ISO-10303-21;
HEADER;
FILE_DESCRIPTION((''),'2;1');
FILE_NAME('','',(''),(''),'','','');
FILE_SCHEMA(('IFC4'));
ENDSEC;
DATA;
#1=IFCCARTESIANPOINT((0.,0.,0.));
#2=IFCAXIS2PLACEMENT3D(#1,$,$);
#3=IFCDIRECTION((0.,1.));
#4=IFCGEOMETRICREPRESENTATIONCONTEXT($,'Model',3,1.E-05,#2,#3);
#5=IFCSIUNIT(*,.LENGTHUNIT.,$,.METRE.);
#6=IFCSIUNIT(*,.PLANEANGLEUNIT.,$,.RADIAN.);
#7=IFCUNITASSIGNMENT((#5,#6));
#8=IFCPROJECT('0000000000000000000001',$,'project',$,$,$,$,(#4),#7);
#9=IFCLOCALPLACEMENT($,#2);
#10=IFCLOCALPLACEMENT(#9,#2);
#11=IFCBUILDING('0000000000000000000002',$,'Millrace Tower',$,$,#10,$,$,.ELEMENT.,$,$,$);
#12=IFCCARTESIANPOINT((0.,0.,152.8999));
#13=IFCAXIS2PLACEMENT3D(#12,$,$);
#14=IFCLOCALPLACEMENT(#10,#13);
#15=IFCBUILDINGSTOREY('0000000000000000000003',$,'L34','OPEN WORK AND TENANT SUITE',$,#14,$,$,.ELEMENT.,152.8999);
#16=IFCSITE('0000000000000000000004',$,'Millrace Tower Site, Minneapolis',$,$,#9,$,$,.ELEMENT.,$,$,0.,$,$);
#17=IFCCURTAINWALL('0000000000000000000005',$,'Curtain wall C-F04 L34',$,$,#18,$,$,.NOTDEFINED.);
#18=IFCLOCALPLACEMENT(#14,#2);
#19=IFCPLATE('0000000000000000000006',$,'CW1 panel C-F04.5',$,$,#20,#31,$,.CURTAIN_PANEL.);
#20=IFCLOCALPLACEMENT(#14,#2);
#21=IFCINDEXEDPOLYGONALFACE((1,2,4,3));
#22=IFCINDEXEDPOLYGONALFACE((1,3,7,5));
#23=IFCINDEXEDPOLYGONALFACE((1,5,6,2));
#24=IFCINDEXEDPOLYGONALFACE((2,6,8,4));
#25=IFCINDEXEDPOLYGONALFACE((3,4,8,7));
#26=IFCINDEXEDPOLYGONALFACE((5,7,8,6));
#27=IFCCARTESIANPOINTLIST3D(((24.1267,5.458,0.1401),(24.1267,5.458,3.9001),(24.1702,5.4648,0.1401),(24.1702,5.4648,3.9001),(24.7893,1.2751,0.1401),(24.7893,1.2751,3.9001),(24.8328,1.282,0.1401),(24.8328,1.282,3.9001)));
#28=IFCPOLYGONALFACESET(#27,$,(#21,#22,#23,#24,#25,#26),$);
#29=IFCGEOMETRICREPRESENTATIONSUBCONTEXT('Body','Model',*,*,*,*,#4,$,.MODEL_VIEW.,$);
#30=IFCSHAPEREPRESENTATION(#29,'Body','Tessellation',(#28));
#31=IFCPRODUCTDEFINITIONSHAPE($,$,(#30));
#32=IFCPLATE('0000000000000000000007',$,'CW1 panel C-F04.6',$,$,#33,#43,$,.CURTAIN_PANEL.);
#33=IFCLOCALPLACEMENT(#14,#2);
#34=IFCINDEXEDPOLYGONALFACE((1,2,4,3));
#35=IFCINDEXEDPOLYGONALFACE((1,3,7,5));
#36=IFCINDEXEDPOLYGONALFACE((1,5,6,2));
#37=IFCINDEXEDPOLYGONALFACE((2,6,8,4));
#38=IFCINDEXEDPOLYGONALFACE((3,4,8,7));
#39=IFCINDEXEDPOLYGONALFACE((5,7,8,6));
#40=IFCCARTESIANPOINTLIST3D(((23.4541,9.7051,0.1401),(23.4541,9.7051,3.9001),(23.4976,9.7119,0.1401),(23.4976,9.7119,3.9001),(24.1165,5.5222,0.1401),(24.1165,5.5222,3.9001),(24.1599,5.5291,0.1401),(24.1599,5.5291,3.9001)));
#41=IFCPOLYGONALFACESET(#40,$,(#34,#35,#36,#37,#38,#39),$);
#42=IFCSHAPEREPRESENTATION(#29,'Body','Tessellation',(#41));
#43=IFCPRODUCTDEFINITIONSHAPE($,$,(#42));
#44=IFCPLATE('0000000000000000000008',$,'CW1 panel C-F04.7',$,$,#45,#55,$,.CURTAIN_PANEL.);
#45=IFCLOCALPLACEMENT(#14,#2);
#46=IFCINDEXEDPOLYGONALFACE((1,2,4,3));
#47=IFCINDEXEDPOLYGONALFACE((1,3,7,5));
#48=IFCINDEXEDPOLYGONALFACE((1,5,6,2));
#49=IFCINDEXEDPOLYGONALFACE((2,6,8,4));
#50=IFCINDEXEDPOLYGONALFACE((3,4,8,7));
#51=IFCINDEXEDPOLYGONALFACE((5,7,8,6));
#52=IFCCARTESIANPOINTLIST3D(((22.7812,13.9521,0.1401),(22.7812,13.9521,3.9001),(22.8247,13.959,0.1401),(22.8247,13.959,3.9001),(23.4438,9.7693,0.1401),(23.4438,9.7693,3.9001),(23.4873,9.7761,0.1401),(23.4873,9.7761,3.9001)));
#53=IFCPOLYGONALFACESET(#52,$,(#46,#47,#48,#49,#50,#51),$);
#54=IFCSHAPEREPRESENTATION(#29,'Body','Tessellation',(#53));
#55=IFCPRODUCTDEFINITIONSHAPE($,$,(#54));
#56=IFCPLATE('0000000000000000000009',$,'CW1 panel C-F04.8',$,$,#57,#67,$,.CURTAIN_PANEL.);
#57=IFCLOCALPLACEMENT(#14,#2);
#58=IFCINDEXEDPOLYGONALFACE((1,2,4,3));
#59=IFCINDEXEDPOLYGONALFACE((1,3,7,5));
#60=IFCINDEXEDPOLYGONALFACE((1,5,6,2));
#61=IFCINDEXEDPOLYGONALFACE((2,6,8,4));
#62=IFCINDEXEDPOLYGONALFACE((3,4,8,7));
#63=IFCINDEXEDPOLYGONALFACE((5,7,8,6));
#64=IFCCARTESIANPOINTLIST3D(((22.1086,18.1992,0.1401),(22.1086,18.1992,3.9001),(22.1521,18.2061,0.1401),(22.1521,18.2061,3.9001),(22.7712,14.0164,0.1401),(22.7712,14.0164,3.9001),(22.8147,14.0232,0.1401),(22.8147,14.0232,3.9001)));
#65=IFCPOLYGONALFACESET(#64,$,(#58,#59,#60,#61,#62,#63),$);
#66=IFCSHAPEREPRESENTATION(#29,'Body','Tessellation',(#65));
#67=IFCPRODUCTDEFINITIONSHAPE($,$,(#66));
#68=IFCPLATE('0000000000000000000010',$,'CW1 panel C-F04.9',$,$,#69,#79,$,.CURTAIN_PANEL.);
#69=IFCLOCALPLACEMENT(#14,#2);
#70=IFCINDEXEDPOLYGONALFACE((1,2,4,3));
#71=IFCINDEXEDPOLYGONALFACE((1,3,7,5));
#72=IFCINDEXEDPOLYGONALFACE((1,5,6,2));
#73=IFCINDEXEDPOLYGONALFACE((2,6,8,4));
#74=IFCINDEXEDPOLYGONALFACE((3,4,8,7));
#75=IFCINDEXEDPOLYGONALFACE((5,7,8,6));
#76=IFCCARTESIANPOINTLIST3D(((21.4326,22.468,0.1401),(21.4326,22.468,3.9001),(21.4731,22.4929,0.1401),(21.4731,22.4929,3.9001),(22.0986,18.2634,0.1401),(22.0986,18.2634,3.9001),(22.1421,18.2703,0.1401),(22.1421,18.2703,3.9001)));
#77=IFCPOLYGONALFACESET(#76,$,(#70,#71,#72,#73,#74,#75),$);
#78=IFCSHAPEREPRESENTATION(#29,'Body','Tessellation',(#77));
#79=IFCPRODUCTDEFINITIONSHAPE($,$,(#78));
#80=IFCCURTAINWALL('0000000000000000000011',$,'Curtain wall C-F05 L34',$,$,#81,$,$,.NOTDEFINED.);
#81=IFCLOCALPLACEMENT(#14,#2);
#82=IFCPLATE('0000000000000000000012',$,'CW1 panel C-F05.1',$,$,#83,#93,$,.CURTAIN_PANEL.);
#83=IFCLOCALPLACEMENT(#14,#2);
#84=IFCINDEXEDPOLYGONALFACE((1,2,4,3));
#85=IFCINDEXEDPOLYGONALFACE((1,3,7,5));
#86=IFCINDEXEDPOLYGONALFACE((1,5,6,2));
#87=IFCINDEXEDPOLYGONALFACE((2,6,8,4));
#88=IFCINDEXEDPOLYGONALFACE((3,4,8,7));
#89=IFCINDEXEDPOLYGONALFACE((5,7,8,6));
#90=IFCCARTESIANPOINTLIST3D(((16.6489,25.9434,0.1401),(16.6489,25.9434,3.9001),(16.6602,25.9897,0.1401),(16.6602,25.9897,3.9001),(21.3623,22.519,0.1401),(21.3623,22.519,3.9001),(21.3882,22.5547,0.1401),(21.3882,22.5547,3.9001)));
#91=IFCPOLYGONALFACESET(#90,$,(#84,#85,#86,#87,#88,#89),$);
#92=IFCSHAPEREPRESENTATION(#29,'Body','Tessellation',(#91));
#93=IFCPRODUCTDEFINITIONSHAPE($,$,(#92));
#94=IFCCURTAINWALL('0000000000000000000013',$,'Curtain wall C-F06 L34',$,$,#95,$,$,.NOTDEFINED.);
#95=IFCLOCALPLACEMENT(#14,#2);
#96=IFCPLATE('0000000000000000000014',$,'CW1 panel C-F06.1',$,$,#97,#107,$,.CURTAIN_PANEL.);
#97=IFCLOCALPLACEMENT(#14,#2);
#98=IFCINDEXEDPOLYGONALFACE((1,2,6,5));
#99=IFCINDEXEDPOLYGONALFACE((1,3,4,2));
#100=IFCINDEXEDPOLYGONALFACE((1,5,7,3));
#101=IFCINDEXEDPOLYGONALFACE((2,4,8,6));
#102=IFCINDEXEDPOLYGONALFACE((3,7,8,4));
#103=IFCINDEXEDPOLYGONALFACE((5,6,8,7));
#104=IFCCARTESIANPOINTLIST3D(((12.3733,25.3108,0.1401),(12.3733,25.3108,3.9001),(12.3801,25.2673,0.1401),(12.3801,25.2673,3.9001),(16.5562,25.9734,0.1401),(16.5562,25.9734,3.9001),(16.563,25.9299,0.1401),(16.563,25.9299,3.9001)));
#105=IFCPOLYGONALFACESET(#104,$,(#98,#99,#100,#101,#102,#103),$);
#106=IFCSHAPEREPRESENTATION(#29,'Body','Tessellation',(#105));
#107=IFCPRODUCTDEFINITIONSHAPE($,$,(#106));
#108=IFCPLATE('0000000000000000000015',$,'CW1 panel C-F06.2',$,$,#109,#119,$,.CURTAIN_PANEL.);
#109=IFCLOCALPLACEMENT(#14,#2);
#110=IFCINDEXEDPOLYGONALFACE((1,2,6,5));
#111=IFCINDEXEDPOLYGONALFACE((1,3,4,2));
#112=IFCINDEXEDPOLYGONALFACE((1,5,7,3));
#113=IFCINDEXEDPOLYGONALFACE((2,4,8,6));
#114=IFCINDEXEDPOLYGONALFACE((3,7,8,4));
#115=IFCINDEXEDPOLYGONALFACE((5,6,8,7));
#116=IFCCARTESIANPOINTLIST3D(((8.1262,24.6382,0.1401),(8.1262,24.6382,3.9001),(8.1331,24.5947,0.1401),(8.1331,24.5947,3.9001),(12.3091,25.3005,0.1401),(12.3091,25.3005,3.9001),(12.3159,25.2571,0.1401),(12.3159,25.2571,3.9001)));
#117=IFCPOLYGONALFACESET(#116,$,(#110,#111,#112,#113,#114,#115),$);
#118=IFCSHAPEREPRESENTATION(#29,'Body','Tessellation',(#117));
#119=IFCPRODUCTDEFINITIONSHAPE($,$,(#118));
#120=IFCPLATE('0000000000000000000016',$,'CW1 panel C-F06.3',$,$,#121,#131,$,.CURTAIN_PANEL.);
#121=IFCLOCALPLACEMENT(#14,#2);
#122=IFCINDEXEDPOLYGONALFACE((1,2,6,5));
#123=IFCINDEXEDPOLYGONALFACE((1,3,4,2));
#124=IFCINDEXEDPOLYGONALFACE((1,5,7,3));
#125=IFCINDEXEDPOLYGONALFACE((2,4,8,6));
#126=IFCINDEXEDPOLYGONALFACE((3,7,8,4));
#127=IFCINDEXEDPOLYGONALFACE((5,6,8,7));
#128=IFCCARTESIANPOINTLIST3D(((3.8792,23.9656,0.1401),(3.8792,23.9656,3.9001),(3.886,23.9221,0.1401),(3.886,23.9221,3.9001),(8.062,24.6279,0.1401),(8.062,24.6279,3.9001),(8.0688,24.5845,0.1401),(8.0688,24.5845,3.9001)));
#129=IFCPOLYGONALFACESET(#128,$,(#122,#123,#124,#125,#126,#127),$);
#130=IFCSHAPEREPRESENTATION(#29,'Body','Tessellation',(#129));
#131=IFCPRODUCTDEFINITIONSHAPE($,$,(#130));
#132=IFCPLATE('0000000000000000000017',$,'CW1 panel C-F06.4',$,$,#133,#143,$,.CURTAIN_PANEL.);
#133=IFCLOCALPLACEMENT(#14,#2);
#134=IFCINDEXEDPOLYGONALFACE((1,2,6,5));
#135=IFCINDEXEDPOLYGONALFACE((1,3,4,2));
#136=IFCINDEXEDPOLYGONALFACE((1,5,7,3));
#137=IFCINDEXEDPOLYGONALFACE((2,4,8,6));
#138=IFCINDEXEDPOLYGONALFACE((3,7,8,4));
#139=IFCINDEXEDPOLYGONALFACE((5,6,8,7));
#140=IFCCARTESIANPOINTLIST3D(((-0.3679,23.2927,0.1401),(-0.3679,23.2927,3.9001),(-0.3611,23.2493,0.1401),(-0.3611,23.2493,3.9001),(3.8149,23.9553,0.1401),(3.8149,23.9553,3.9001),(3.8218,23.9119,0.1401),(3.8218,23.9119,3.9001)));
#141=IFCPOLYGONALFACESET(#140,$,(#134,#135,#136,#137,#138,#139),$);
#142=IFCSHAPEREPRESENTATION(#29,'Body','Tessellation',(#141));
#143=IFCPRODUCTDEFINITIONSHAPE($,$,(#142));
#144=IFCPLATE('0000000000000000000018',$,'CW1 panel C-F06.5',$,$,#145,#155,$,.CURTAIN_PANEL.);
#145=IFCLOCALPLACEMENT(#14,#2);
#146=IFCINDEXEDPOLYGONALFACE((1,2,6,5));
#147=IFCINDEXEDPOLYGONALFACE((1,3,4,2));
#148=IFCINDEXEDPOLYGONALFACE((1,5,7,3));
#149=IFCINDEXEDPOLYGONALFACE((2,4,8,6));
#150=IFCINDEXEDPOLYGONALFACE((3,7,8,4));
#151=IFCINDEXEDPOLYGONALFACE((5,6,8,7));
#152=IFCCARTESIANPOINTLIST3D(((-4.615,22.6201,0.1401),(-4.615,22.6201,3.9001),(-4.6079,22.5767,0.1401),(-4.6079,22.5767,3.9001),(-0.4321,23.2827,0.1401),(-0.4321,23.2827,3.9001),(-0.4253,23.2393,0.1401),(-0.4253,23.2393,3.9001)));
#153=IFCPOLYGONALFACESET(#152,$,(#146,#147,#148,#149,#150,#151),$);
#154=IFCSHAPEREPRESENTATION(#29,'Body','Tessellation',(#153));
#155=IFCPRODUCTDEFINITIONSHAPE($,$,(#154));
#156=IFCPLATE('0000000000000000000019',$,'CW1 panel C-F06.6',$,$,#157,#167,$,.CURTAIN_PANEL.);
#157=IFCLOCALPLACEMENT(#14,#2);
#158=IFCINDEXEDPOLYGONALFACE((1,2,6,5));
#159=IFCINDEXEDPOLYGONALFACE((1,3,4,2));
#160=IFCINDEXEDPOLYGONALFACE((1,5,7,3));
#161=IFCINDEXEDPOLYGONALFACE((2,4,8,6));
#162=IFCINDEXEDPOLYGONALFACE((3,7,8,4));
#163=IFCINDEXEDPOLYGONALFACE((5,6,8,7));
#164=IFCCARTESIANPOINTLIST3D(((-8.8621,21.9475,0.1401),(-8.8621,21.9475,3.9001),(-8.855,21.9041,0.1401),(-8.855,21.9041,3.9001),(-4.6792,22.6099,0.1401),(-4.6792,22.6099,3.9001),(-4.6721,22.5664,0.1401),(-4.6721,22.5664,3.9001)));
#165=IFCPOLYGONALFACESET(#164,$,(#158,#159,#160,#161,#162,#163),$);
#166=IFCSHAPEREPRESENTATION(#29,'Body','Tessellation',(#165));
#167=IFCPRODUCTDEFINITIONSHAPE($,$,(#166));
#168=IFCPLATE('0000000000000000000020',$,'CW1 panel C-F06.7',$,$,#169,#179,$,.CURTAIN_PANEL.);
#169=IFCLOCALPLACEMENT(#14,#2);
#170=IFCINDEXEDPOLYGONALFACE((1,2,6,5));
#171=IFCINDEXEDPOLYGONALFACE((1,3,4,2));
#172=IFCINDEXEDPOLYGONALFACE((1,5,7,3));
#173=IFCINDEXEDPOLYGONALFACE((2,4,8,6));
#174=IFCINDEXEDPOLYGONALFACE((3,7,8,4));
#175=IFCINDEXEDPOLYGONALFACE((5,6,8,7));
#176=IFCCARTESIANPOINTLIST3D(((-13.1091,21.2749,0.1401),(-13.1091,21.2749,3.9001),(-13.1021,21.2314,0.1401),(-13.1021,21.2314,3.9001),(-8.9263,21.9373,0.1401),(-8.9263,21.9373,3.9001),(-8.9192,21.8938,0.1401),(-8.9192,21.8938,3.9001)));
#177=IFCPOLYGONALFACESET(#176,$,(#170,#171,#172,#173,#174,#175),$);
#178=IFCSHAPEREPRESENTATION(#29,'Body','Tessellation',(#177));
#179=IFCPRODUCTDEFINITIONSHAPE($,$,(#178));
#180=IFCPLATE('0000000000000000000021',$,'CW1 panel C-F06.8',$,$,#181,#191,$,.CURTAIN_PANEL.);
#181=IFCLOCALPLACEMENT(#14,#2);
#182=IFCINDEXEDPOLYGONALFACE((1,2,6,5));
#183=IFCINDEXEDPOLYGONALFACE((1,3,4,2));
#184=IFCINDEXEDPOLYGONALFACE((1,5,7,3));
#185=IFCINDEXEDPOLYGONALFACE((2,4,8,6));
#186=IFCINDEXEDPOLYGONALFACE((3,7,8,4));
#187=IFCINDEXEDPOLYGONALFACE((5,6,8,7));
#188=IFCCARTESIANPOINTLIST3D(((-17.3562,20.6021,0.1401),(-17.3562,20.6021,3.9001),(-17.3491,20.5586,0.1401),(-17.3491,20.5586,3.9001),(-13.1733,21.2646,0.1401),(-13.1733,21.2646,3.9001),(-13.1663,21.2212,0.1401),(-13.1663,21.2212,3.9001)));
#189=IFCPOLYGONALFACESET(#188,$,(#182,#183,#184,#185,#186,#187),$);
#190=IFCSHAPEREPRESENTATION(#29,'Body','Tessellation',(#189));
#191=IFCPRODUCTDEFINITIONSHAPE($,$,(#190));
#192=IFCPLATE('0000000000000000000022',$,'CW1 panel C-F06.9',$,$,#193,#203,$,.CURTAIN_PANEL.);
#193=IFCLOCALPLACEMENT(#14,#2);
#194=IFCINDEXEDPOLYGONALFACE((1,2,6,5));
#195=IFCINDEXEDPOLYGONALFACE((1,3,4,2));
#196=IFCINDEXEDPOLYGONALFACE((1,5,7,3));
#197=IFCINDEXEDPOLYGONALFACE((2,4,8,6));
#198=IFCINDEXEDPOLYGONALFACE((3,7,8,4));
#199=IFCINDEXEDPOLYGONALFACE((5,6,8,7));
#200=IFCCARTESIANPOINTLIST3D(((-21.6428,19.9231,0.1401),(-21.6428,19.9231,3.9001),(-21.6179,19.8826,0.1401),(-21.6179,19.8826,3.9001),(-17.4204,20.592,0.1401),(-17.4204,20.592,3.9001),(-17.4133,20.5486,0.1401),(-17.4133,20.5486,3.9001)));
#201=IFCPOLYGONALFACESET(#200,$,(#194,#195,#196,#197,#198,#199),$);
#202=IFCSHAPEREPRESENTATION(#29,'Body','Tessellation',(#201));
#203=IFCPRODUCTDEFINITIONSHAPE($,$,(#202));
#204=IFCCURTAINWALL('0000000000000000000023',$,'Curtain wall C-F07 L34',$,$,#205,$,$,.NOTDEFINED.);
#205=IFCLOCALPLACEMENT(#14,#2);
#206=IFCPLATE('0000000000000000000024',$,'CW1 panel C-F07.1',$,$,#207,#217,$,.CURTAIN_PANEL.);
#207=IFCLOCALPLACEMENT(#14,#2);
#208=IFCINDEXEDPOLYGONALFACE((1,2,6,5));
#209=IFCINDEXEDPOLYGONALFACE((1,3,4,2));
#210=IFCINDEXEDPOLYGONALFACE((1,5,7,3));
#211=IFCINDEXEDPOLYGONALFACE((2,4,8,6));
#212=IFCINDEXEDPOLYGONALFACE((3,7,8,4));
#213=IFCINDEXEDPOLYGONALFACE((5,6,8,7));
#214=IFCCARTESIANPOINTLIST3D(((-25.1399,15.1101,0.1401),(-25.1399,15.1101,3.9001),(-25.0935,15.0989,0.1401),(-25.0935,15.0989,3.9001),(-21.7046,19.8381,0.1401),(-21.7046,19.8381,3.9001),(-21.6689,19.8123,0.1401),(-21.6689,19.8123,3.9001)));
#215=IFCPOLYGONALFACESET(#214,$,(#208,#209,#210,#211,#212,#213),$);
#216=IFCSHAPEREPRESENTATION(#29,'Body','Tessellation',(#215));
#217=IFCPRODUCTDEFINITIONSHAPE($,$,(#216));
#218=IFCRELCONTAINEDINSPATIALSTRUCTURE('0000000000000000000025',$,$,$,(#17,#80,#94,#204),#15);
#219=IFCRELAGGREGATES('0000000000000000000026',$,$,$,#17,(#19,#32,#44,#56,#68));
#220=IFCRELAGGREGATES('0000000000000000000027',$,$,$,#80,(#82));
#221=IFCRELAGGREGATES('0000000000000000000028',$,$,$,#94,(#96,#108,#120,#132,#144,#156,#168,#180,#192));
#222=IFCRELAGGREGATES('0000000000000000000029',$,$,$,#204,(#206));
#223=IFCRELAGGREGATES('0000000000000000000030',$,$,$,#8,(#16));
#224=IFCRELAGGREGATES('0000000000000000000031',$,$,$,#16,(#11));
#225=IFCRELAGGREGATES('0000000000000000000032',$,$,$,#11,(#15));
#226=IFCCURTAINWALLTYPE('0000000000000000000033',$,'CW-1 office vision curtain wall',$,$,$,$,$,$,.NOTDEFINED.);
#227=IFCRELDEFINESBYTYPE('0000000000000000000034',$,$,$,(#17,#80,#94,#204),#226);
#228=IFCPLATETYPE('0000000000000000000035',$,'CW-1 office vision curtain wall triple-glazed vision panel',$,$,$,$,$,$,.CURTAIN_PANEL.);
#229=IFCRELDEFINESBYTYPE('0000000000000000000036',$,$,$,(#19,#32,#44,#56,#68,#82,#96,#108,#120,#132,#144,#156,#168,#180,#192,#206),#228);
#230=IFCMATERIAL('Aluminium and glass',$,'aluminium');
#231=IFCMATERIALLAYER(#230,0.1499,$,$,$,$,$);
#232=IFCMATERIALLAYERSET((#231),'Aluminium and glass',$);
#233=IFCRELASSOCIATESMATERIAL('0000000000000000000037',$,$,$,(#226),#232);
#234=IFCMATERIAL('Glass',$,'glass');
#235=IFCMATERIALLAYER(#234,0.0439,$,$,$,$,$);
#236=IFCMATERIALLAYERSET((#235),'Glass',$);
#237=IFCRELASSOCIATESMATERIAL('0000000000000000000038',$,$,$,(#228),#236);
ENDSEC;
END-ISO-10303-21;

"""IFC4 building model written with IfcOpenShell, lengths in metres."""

from ifc_helpers import new_model, si_unit, direction, frame, origin, place, context, subcontext, project, spatial, polyline, outline, extrude, material, layer, layer_set, type_object, element, aggregate, save


model = new_model("IFC4")

# Units and contexts
model_context = context("Model", 3, precision=1e-05, world=origin(), true_north=direction((0.0, 1.0)))
body_context = subcontext(model_context, "Body", "Model", "MODEL_VIEW")
ifc_project = project(units=[si_unit("LENGTHUNIT", "METRE"), si_unit("PLANEANGLEUNIT", "RADIAN")], contexts=[model_context])

# Site, building, storey
site_placement = place(None, origin())
site = spatial("IfcSite", under=ifc_project, at=site_placement, Name="Millrace Tower Site, Minneapolis", CompositionType="ELEMENT", RefElevation=0.0)
building_placement = place(site_placement, origin())
building = spatial("IfcBuilding", under=site, at=building_placement, Name="Millrace Tower", CompositionType="ELEMENT")
storey_placement = place(building_placement, frame((0.0, 0.0, 152.8999)))
storey = spatial("IfcBuildingStorey", under=building, at=storey_placement, Name="L34", Description="OPEN WORK AND TENANT SUITE", CompositionType="ELEMENT", Elevation=152.8999)

# Curtain wall, plates
ifc_material_1 = material(Name="Aluminium and glass", Category="aluminium")
ifc_layer_1 = layer(ifc_material_1, 0.1499)
ifc_layer_set_1 = layer_set([ifc_layer_1], Name="Aluminium and glass")
curtain_wall_type = type_object("IfcCurtainWallType", Name="CW-1 office vision curtain wall", PredefinedType="NOTDEFINED", material=ifc_layer_set_1)
placement_1 = place(storey_placement, origin())
curtain_wall_1 = element("IfcCurtainWall", 1, at=placement_1, inside=storey, type_object=curtain_wall_type, Name="Curtain wall C-F04 L34", PredefinedType="NOTDEFINED")
ifc_material_2 = material(Name="Glass", Category="glass")
ifc_layer_2 = layer(ifc_material_2, 0.0439)
ifc_layer_set_2 = layer_set([ifc_layer_2], Name="Glass")
plate_type = type_object("IfcPlateType", Name="CW-1 office vision curtain wall triple-glazed vision panel", PredefinedType="CURTAIN_PANEL", material=ifc_layer_set_2)
placement_2 = place(storey_placement, frame((0.0, 0.0, 0.1401)))
plate_1 = element("IfcPlate", 2, at=placement_2, type_object=plate_type, Name="CW1 panel C-F04.5", PredefinedType="CURTAIN_PANEL", context=body_context, shape_type="SweptSolid", body=[
    extrude(outline(polyline([(24.8328, 1.282), (24.1702, 5.4648), (24.1267, 5.458), (24.7893, 1.2751), (24.8328, 1.282)])), origin(), (0.0, 0.0, 1.0), 3.76),
])
plate_2 = element("IfcPlate", 3, at=placement_2, type_object=plate_type, Name="CW1 panel C-F04.6", PredefinedType="CURTAIN_PANEL", context=body_context, shape_type="SweptSolid", body=[
    extrude(outline(polyline([(24.1599, 5.5291), (23.4976, 9.7119), (23.4541, 9.7051), (24.1165, 5.5222), (24.1599, 5.5291)])), origin(), (0.0, 0.0, 1.0), 3.76),
])
plate_3 = element("IfcPlate", 4, at=placement_2, type_object=plate_type, Name="CW1 panel C-F04.7", PredefinedType="CURTAIN_PANEL", context=body_context, shape_type="SweptSolid", body=[
    extrude(outline(polyline([(23.4873, 9.7761), (22.8247, 13.959), (22.7812, 13.9521), (23.4438, 9.7693), (23.4873, 9.7761)])), origin(), (0.0, 0.0, 1.0), 3.76),
])
plate_4 = element("IfcPlate", 5, at=placement_2, type_object=plate_type, Name="CW1 panel C-F04.8", PredefinedType="CURTAIN_PANEL", context=body_context, shape_type="SweptSolid", body=[
    extrude(outline(polyline([(22.8147, 14.0232), (22.1521, 18.2061), (22.1086, 18.1992), (22.7712, 14.0164), (22.8147, 14.0232)])), origin(), (0.0, 0.0, 1.0), 3.76),
])
plate_5 = element("IfcPlate", 6, at=placement_2, type_object=plate_type, Name="CW1 panel C-F04.9", PredefinedType="CURTAIN_PANEL", context=body_context, shape_type="SweptSolid", body=[
    extrude(outline(polyline([(22.1421, 18.2703), (21.4731, 22.4929), (21.4326, 22.468), (22.0986, 18.2634), (22.1421, 18.2703)])), origin(), (0.0, 0.0, 1.0), 3.76),
])
aggregate(curtain_wall_1, [plate_1, plate_2, plate_3, plate_4, plate_5])

# Curtain wall, plate
curtain_wall_2 = element("IfcCurtainWall", 7, at=placement_1, inside=storey, type_object=curtain_wall_type, Name="Curtain wall C-F05 L34", PredefinedType="NOTDEFINED")
plate_6 = element("IfcPlate", 8, at=placement_2, type_object=plate_type, Name="CW1 panel C-F05.1", PredefinedType="CURTAIN_PANEL", context=body_context, shape_type="SweptSolid", body=[
    extrude(outline(polyline([(21.3882, 22.5547), (16.6602, 25.9897), (16.6489, 25.9434), (21.3623, 22.519), (21.3882, 22.5547)])), origin(), (0.0, 0.0, 1.0), 3.76),
])
aggregate(curtain_wall_2, [plate_6])

# Curtain wall, plates
curtain_wall_3 = element("IfcCurtainWall", 9, at=placement_1, inside=storey, type_object=curtain_wall_type, Name="Curtain wall C-F06 L34", PredefinedType="NOTDEFINED")
plate_7 = element("IfcPlate", 10, at=placement_2, type_object=plate_type, Name="CW1 panel C-F06.1", PredefinedType="CURTAIN_PANEL", context=body_context, shape_type="SweptSolid", body=[
    extrude(outline(polyline([(16.5562, 25.9734), (12.3733, 25.3108), (12.3801, 25.2673), (16.563, 25.9299), (16.5562, 25.9734)])), origin(), (0.0, 0.0, 1.0), 3.76),
])
plate_8 = element("IfcPlate", 11, at=placement_2, type_object=plate_type, Name="CW1 panel C-F06.2", PredefinedType="CURTAIN_PANEL", context=body_context, shape_type="SweptSolid", body=[
    extrude(outline(polyline([(12.3091, 25.3005), (8.1262, 24.6382), (8.1331, 24.5947), (12.3159, 25.2571), (12.3091, 25.3005)])), origin(), (0.0, 0.0, 1.0), 3.76),
])
plate_9 = element("IfcPlate", 12, at=placement_2, type_object=plate_type, Name="CW1 panel C-F06.3", PredefinedType="CURTAIN_PANEL", context=body_context, shape_type="SweptSolid", body=[
    extrude(outline(polyline([(8.062, 24.6279), (3.8792, 23.9656), (3.886, 23.9221), (8.0688, 24.5845), (8.062, 24.6279)])), origin(), (0.0, 0.0, 1.0), 3.76),
])
plate_10 = element("IfcPlate", 13, at=placement_2, type_object=plate_type, Name="CW1 panel C-F06.4", PredefinedType="CURTAIN_PANEL", context=body_context, shape_type="SweptSolid", body=[
    extrude(outline(polyline([(3.8149, 23.9553), (-0.3679, 23.2927), (-0.3611, 23.2493), (3.8218, 23.9119), (3.8149, 23.9553)])), origin(), (0.0, 0.0, 1.0), 3.76),
])
plate_11 = element("IfcPlate", 14, at=placement_2, type_object=plate_type, Name="CW1 panel C-F06.5", PredefinedType="CURTAIN_PANEL", context=body_context, shape_type="SweptSolid", body=[
    extrude(outline(polyline([(-0.4321, 23.2827), (-4.615, 22.6201), (-4.6079, 22.5767), (-0.4253, 23.2393), (-0.4321, 23.2827)])), origin(), (0.0, 0.0, 1.0), 3.76),
])
plate_12 = element("IfcPlate", 15, at=placement_2, type_object=plate_type, Name="CW1 panel C-F06.6", PredefinedType="CURTAIN_PANEL", context=body_context, shape_type="SweptSolid", body=[
    extrude(outline(polyline([(-4.6792, 22.6099), (-8.8621, 21.9475), (-8.855, 21.9041), (-4.6721, 22.5664), (-4.6792, 22.6099)])), origin(), (0.0, 0.0, 1.0), 3.76),
])
plate_13 = element("IfcPlate", 16, at=placement_2, type_object=plate_type, Name="CW1 panel C-F06.7", PredefinedType="CURTAIN_PANEL", context=body_context, shape_type="SweptSolid", body=[
    extrude(outline(polyline([(-8.9263, 21.9373), (-13.1091, 21.2749), (-13.1021, 21.2314), (-8.9192, 21.8938), (-8.9263, 21.9373)])), origin(), (0.0, 0.0, 1.0), 3.76),
])
plate_14 = element("IfcPlate", 17, at=placement_2, type_object=plate_type, Name="CW1 panel C-F06.8", PredefinedType="CURTAIN_PANEL", context=body_context, shape_type="SweptSolid", body=[
    extrude(outline(polyline([(-13.1733, 21.2646), (-17.3562, 20.6021), (-17.3491, 20.5586), (-13.1663, 21.2212), (-13.1733, 21.2646)])), origin(), (0.0, 0.0, 1.0), 3.76),
])
plate_15 = element("IfcPlate", 18, at=placement_2, type_object=plate_type, Name="CW1 panel C-F06.9", PredefinedType="CURTAIN_PANEL", context=body_context, shape_type="SweptSolid", body=[
    extrude(outline(polyline([(-17.4204, 20.592), (-21.6428, 19.9231), (-21.6179, 19.8826), (-17.4133, 20.5486), (-17.4204, 20.592)])), origin(), (0.0, 0.0, 1.0), 3.76),
])
aggregate(curtain_wall_3, [plate_7, plate_8, plate_9, plate_10, plate_11, plate_12, plate_13, plate_14, plate_15])

# Curtain wall, plate
curtain_wall_4 = element("IfcCurtainWall", 19, at=placement_1, inside=storey, type_object=curtain_wall_type, Name="Curtain wall C-F07 L34", PredefinedType="NOTDEFINED")
plate_16 = element("IfcPlate", 20, at=placement_2, type_object=plate_type, Name="CW1 panel C-F07.1", PredefinedType="CURTAIN_PANEL", context=body_context, shape_type="SweptSolid", body=[
    extrude(outline(polyline([(-21.7046, 19.8381), (-25.1399, 15.1101), (-25.0935, 15.0989), (-21.6689, 19.8123), (-21.7046, 19.8381)])), origin(), (0.0, 0.0, 1.0), 3.76),
])
aggregate(curtain_wall_4, [plate_16])

save(model, "model.ifc")
